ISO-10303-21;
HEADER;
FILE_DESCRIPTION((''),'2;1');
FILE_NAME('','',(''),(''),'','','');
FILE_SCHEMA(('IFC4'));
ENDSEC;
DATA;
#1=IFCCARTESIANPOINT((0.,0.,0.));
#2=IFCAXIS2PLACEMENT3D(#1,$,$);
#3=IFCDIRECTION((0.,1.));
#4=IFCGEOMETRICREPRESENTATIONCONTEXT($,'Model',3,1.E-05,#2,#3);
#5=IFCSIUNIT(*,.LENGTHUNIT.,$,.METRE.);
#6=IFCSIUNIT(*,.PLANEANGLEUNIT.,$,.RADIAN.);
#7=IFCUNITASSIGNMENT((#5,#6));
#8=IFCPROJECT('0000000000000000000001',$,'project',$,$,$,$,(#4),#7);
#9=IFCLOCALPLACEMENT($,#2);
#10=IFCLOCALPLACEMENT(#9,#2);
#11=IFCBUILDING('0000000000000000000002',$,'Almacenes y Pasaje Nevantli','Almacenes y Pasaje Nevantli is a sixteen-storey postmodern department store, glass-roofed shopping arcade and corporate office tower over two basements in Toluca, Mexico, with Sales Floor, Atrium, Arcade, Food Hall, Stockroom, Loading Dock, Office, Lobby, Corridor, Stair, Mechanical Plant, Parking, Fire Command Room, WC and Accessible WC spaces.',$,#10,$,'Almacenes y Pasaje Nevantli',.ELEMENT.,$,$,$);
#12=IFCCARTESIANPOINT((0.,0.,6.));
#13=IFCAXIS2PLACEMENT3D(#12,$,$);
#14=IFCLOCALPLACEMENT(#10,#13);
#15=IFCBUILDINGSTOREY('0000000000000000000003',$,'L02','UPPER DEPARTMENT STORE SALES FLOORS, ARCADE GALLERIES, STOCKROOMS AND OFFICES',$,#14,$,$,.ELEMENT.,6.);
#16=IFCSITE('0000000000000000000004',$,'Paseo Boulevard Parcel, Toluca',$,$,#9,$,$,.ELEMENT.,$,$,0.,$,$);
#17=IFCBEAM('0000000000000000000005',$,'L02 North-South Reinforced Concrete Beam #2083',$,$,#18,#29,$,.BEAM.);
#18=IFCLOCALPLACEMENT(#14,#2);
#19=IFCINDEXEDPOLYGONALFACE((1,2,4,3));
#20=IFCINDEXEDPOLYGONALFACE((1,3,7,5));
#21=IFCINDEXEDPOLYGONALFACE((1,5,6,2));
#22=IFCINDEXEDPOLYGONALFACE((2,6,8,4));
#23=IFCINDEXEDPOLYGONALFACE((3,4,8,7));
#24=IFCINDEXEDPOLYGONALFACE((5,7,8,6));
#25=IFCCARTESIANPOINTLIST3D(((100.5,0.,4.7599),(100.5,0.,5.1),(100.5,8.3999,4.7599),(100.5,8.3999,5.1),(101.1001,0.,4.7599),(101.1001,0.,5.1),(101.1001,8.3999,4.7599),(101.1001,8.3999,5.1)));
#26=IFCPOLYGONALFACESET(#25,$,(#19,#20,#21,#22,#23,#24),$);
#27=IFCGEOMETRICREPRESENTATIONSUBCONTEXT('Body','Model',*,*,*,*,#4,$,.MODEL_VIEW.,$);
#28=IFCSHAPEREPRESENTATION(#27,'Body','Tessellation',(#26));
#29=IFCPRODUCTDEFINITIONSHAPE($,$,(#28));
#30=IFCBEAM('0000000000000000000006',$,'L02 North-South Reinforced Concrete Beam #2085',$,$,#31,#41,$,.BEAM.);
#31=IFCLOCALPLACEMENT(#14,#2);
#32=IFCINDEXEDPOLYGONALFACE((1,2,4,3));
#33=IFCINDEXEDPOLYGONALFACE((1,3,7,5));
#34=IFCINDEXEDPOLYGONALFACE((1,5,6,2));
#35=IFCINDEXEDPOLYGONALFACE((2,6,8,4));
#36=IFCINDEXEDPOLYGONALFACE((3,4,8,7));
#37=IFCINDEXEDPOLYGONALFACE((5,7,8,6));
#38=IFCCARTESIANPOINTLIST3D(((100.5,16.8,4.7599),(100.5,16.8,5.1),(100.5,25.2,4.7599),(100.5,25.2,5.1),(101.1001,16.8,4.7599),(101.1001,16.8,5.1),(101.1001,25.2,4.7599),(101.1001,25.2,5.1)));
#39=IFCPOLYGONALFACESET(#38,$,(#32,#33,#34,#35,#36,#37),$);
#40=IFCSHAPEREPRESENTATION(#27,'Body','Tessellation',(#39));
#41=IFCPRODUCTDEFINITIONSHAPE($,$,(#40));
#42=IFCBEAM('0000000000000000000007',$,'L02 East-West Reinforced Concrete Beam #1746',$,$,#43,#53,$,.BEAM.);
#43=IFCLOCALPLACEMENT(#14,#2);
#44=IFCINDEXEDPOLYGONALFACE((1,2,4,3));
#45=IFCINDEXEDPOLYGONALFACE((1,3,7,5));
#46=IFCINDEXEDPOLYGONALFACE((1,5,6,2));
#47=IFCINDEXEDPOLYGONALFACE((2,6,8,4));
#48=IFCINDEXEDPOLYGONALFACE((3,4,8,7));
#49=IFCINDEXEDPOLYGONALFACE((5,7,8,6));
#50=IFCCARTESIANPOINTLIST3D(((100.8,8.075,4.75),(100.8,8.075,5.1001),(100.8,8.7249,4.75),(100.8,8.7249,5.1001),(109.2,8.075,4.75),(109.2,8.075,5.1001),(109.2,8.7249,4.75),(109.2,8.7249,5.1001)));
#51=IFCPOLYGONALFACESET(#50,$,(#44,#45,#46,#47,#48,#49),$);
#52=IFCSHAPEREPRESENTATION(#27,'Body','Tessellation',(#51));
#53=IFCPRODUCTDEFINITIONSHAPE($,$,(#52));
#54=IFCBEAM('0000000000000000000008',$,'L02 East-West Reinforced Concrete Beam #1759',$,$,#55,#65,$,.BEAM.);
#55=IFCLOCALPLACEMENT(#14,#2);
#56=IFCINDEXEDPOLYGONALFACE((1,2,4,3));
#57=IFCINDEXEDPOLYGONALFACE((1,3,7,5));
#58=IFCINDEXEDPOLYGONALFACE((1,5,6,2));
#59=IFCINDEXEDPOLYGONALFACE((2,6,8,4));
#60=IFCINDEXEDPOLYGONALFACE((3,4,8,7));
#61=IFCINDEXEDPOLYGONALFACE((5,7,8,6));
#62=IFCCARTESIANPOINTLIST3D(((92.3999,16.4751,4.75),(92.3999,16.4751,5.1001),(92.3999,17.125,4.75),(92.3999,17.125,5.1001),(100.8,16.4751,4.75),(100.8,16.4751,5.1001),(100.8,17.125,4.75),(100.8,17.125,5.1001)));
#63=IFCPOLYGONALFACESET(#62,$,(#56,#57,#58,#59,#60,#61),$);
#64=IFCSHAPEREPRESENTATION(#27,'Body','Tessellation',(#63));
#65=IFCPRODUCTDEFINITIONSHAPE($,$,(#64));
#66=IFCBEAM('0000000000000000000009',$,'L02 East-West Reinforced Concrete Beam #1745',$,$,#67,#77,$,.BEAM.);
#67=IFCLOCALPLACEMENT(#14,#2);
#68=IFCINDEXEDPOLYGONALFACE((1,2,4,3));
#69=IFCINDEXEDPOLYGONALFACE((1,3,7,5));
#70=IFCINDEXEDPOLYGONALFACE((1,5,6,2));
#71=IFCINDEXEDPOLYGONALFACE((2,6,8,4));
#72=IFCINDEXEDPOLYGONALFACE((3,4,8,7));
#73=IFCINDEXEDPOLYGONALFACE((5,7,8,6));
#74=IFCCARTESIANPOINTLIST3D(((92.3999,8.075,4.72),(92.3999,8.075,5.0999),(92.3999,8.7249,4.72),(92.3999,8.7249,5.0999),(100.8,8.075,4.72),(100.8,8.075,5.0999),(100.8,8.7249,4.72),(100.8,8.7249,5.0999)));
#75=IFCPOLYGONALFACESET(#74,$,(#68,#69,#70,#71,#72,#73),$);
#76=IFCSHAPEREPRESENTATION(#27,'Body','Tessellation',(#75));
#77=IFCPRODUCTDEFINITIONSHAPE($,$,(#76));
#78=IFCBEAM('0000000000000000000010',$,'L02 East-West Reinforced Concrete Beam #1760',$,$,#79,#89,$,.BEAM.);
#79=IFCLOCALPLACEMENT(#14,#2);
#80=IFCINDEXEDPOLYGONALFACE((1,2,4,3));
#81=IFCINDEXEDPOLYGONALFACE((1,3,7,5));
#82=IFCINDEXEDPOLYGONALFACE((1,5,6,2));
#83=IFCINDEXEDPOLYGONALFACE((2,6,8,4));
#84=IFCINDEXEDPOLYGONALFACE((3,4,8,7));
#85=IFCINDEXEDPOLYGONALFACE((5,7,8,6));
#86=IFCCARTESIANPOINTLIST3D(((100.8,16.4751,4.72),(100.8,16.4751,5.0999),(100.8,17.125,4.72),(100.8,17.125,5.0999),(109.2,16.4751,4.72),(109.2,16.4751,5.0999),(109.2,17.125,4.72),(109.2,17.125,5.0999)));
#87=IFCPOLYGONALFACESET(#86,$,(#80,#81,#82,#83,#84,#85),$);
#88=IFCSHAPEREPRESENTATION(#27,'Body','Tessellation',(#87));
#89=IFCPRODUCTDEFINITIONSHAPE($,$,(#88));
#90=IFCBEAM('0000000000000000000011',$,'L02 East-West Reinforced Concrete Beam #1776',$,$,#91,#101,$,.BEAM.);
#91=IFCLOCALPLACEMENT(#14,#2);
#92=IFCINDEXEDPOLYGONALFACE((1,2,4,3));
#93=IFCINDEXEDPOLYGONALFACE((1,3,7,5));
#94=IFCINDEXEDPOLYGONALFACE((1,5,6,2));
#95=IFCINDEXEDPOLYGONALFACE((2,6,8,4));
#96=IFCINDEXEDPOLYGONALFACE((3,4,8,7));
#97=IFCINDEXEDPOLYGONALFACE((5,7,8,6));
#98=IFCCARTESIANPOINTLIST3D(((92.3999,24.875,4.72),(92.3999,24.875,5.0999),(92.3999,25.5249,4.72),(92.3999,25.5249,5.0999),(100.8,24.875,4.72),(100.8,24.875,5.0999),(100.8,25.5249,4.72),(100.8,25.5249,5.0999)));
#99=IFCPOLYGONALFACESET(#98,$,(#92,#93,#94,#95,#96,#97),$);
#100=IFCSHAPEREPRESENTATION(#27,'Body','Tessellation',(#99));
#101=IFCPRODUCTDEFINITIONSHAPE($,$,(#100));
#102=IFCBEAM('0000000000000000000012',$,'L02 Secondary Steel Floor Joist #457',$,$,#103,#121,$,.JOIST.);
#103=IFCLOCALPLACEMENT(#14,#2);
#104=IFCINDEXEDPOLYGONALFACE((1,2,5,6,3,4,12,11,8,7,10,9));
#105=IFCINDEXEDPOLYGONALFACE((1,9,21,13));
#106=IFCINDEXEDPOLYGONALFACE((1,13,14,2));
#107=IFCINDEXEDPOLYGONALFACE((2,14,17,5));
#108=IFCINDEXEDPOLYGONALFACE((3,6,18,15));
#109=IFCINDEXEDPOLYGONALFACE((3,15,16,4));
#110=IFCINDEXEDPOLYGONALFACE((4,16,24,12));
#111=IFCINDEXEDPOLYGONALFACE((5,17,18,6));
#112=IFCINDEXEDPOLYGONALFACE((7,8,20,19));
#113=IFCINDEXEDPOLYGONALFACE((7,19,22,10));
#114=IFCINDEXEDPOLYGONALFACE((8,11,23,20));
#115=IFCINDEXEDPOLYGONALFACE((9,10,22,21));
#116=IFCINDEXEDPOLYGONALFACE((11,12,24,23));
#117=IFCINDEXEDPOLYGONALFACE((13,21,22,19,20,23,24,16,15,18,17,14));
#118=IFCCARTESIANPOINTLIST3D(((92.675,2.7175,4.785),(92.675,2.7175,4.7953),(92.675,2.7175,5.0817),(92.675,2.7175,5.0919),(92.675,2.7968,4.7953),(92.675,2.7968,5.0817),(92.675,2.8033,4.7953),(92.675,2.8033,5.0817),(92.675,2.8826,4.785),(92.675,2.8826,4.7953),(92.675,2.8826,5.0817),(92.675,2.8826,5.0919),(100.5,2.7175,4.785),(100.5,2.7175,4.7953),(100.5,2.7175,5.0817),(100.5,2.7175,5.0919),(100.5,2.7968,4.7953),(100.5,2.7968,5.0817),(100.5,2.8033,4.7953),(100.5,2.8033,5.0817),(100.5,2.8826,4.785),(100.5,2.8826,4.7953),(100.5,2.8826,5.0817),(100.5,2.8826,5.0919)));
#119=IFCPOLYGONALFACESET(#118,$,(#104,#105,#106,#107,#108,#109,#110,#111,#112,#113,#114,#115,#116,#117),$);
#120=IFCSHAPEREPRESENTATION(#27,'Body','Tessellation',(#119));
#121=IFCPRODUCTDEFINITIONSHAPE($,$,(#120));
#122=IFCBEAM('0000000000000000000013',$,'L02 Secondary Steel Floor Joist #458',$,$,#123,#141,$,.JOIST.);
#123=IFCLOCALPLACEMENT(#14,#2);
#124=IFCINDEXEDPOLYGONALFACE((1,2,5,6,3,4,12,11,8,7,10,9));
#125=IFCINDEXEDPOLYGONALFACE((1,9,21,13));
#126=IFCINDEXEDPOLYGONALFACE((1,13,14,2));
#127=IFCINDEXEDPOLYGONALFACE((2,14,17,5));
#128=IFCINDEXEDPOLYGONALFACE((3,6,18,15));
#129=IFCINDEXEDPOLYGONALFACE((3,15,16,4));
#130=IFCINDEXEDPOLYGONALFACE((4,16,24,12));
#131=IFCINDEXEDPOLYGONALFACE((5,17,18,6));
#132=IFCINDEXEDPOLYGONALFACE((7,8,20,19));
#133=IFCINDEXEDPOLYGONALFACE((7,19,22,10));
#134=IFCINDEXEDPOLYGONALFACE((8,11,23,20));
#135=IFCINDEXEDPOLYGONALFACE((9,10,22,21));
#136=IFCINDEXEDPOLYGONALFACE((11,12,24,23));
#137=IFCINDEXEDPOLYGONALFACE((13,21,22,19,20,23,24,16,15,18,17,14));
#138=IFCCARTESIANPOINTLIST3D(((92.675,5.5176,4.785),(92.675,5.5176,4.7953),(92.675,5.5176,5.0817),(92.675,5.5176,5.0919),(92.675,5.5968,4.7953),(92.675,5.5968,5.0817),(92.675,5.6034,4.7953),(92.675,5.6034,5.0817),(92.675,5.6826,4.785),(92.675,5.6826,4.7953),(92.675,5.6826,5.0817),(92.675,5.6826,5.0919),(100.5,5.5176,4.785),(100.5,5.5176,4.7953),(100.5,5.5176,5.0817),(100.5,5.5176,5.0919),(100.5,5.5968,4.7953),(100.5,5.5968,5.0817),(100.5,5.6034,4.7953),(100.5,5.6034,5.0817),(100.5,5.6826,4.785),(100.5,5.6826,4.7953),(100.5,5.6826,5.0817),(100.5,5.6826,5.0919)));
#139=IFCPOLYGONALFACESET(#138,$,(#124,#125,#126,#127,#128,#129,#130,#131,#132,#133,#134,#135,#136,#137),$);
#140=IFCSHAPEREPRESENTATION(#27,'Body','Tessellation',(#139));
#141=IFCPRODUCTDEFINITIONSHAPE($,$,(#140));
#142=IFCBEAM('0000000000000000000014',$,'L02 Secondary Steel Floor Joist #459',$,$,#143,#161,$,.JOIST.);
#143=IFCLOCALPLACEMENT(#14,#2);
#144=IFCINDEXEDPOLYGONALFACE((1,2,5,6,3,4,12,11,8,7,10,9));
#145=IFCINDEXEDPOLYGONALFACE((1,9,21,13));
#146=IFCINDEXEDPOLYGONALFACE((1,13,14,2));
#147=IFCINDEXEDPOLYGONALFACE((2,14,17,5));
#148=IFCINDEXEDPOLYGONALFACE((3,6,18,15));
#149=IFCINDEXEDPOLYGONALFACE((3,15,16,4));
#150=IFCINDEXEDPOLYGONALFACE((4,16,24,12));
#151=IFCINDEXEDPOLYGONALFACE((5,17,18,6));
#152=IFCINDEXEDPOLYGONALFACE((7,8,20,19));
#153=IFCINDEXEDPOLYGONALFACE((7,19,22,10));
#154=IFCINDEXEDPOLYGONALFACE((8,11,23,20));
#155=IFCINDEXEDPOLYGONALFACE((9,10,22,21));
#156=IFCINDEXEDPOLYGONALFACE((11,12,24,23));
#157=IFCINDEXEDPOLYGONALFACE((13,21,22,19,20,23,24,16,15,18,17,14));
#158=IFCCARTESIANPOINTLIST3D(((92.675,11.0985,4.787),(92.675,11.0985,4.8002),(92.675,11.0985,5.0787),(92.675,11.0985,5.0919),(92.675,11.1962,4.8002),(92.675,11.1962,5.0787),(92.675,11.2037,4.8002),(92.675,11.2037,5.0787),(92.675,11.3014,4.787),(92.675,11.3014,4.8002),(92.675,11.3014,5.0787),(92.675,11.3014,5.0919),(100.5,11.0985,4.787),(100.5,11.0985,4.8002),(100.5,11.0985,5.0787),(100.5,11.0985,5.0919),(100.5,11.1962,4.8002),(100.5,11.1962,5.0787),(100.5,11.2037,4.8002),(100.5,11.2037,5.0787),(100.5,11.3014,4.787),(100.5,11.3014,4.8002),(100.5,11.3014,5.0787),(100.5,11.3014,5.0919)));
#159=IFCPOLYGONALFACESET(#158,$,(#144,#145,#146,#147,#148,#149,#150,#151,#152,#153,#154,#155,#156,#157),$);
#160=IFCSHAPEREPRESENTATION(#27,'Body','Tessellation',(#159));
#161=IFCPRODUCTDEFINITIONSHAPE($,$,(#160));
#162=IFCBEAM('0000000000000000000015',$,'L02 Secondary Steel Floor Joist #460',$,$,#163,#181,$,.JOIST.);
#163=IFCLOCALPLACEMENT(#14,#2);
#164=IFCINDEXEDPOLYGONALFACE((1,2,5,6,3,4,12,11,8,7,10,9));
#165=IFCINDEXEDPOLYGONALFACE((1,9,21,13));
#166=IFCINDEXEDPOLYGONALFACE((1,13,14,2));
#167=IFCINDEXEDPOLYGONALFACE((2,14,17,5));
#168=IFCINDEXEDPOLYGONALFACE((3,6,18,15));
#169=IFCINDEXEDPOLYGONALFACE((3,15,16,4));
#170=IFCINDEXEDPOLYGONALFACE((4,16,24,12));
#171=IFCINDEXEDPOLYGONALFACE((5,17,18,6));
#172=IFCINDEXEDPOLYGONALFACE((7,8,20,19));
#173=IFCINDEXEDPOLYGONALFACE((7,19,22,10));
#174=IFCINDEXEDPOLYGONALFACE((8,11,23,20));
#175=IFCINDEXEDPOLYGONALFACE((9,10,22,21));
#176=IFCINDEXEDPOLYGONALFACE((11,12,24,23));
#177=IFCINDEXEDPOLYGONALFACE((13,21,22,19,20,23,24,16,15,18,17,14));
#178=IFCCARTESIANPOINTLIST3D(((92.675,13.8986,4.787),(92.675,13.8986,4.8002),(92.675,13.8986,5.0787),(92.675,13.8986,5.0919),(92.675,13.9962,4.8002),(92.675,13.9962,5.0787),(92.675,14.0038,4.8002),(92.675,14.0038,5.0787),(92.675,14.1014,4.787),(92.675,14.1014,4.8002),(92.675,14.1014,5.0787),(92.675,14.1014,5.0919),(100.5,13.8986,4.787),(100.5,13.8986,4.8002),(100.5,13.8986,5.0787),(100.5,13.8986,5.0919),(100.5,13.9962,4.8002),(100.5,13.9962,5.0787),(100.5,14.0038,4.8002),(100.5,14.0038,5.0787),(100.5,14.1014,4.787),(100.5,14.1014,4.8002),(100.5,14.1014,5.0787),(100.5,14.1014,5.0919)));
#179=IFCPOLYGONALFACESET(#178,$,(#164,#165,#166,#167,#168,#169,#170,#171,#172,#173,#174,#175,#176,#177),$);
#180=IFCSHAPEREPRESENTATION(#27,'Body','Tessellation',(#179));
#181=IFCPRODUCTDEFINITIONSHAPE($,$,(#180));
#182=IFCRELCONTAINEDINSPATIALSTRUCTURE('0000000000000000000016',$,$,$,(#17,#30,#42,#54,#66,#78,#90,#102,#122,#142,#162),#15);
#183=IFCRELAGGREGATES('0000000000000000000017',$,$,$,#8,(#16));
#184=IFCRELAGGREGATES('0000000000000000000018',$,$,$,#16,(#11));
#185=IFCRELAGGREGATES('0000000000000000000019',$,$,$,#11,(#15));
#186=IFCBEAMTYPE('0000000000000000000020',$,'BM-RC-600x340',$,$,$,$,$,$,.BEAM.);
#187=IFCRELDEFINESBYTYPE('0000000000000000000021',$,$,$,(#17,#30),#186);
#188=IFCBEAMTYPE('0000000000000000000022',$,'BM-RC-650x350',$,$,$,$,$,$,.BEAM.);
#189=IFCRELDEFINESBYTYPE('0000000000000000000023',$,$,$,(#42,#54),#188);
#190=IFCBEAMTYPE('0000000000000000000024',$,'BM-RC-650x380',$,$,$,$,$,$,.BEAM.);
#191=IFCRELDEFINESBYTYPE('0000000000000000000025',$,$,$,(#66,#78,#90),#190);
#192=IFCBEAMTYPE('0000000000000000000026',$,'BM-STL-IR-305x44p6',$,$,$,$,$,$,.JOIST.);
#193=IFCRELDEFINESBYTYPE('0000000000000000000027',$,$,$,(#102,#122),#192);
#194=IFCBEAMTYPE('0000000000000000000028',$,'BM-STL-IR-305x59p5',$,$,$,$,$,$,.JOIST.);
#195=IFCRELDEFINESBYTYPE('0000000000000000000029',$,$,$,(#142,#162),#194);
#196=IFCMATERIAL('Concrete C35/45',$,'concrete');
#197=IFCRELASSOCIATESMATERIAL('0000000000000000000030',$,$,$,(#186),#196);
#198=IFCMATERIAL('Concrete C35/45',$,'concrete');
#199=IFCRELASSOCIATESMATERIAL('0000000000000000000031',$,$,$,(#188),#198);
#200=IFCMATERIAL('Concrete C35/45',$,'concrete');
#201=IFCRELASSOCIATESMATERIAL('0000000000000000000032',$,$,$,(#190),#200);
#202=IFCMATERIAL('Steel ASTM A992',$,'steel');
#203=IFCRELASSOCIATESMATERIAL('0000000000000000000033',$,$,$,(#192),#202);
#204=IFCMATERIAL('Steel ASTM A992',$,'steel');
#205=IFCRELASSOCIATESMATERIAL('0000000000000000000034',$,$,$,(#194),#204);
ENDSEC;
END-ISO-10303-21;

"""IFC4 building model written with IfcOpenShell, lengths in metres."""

from ifc_helpers import new_model, si_unit, direction, frame, origin, origin_2d, place, context, subcontext, project, spatial, rectangle, i_section, extrude, material, material_profile, profile_set, type_object, element, save


model = new_model("IFC4")

# Units and contexts
model_context = context("Model", 3, precision=1e-05, world=origin(), true_north=direction((0.0, 1.0)))
body_context = subcontext(model_context, "Body", "Model", "MODEL_VIEW")
ifc_project = project(units=[si_unit("LENGTHUNIT", "METRE"), si_unit("PLANEANGLEUNIT", "RADIAN")], contexts=[model_context])

# Site, building, storey
site_placement = place(None, origin())
site = spatial("IfcSite", under=ifc_project, at=site_placement, Name="Paseo Boulevard Parcel, Toluca", CompositionType="ELEMENT", RefElevation=0.0)
building_placement = place(site_placement, origin())
building = spatial("IfcBuilding", under=site, at=building_placement, Name="Almacenes y Pasaje Nevantli", Description="Almacenes y Pasaje Nevantli is a sixteen-storey postmodern department store, glass-roofed shopping arcade and corporate office tower over two basements in Toluca, Mexico, with Sales Floor, Atrium, Arcade, Food Hall, Stockroom, Loading Dock, Office, Lobby, Corridor, Stair, Mechanical Plant, Parking, Fire Command Room, WC and Accessible WC spaces.", LongName="Almacenes y Pasaje Nevantli", CompositionType="ELEMENT")
storey_placement = place(building_placement, frame((0.0, 0.0, 6.0)))
storey = spatial("IfcBuildingStorey", under=building, at=storey_placement, Name="L02", Description="UPPER DEPARTMENT STORE SALES FLOORS, ARCADE GALLERIES, STOCKROOMS AND OFFICES", CompositionType="ELEMENT", Elevation=6.0)

# Beams
ifc_material_1 = material(Name="Concrete C35/45", Category="concrete")
ifc_material_profile_1 = material_profile(ifc_material_1, rectangle(XDim=0.6001, YDim=0.3401, at=origin_2d()), Name="RC-BM-600x340")
ifc_profile_set_1 = profile_set([ifc_material_profile_1], Name="Concrete C35/45")
beam_type_1 = type_object("IfcBeamType", Name="BM-RC-600x340", PredefinedType="BEAM", material=ifc_profile_set_1)
for number, where, z_axis, x_axis, name in (
    (1, (100.8, 0.0, 4.9299), (0.0, 1.0, 0.0), (-1.0, 0.0, 0.0), "L02 North-South Reinforced Concrete Beam #2083"),
    (2, (100.8, 16.8, 4.9299), (0.0, 1.0, 0.0), (-1.0, 0.0, 0.0), "L02 North-South Reinforced Concrete Beam #2085"),
):
    element("IfcBeam", number, at=place(storey_placement, frame(where, z_axis=z_axis, x_axis=x_axis)), inside=storey, type_object=beam_type_1, Name=name, PredefinedType="BEAM", context=body_context, shape_type="SweptSolid", body=[
        extrude(rectangle(XDim=0.6001, YDim=0.3401, at=origin_2d()), origin(), (0.0, 0.0, 1.0), 8.3999),
    ])
ifc_material_2 = material(Name="Concrete C35/45", Category="concrete")
ifc_material_profile_2 = material_profile(ifc_material_2, rectangle(XDim=0.6499, YDim=0.3501, at=origin_2d()), Name="RC-BM-650x350")
ifc_profile_set_2 = profile_set([ifc_material_profile_2], Name="Concrete C35/45")
beam_type_2 = type_object("IfcBeamType", Name="BM-RC-650x350", PredefinedType="BEAM", material=ifc_profile_set_2)
beam_1_placement = place(storey_placement, frame((100.8, 8.3999, 4.925), z_axis=(1.0, 0.0, 0.0), x_axis=(0.0, 1.0, 0.0)))
element("IfcBeam", 3, at=beam_1_placement, inside=storey, type_object=beam_type_2, Name="L02 East-West Reinforced Concrete Beam #1746", PredefinedType="BEAM", context=body_context, shape_type="SweptSolid", body=[
    extrude(rectangle(XDim=0.6499, YDim=0.3501, at=origin_2d()), origin(), (0.0, 0.0, 1.0), 8.3999),
])
beam_2_placement = place(storey_placement, frame((92.3999, 16.8, 4.925), z_axis=(1.0, 0.0, 0.0), x_axis=(0.0, 1.0, 0.0)))
element("IfcBeam", 4, at=beam_2_placement, inside=storey, type_object=beam_type_2, Name="L02 East-West Reinforced Concrete Beam #1759", PredefinedType="BEAM", context=body_context, shape_type="SweptSolid", body=[
    extrude(rectangle(XDim=0.6499, YDim=0.3501, at=origin_2d()), origin(), (0.0, 0.0, 1.0), 8.4001),
])
ifc_material_3 = material(Name="Concrete C35/45", Category="concrete")
ifc_material_profile_3 = material_profile(ifc_material_3, rectangle(XDim=0.6499, YDim=0.3799, at=origin_2d()), Name="RC-BM-650x380")
ifc_profile_set_3 = profile_set([ifc_material_profile_3], Name="Concrete C35/45")
beam_type_3 = type_object("IfcBeamType", Name="BM-RC-650x380", PredefinedType="BEAM", material=ifc_profile_set_3)
beam_3_placement = place(storey_placement, frame((92.3999, 8.3999, 4.9099), z_axis=(1.0, 0.0, 0.0), x_axis=(0.0, 1.0, 0.0)))
element("IfcBeam", 5, at=beam_3_placement, inside=storey, type_object=beam_type_3, Name="L02 East-West Reinforced Concrete Beam #1745", PredefinedType="BEAM", context=body_context, shape_type="SweptSolid", body=[
    extrude(rectangle(XDim=0.6499, YDim=0.3799, at=origin_2d()), origin(), (0.0, 0.0, 1.0), 8.4001),
])
beam_4_placement = place(storey_placement, frame((100.8, 16.8, 4.9099), z_axis=(1.0, 0.0, 0.0), x_axis=(0.0, 1.0, 0.0)))
element("IfcBeam", 6, at=beam_4_placement, inside=storey, type_object=beam_type_3, Name="L02 East-West Reinforced Concrete Beam #1760", PredefinedType="BEAM", context=body_context, shape_type="SweptSolid", body=[
    extrude(rectangle(XDim=0.6499, YDim=0.3799, at=origin_2d()), origin(), (0.0, 0.0, 1.0), 8.3999),
])
beam_5_placement = place(storey_placement, frame((92.3999, 25.2, 4.9099), z_axis=(1.0, 0.0, 0.0), x_axis=(0.0, 1.0, 0.0)))
element("IfcBeam", 7, at=beam_5_placement, inside=storey, type_object=beam_type_3, Name="L02 East-West Reinforced Concrete Beam #1776", PredefinedType="BEAM", context=body_context, shape_type="SweptSolid", body=[
    extrude(rectangle(XDim=0.6499, YDim=0.3799, at=origin_2d()), origin(), (0.0, 0.0, 1.0), 8.4001),
])
ifc_material_4 = material(Name="Steel ASTM A992", Category="steel")
ifc_material_profile_4 = material_profile(ifc_material_4, i_section(OverallWidth=0.165, OverallDepth=0.3069, WebThickness=0.0066, FlangeThickness=0.0103, at=origin_2d()), Name="IR 305x44.6")
ifc_profile_set_4 = profile_set([ifc_material_profile_4], Name="Steel ASTM A992")
beam_type_4 = type_object("IfcBeamType", Name="BM-STL-IR-305x44p6", PredefinedType="JOIST", material=ifc_profile_set_4)
for number, where, z_axis, x_axis, name in (
    (8, (92.675, 2.8, 4.9385), (1.0, 0.0, 0.0), (0.0, 1.0, 0.0), "L02 Secondary Steel Floor Joist #457"),
    (9, (92.675, 5.6001, 4.9385), (1.0, 0.0, 0.0), (0.0, 1.0, 0.0), "L02 Secondary Steel Floor Joist #458"),
):
    element("IfcBeam", number, at=place(storey_placement, frame(where, z_axis=z_axis, x_axis=x_axis)), inside=storey, type_object=beam_type_4, Name=name, PredefinedType="JOIST", context=body_context, shape_type="SweptSolid", body=[
        extrude(i_section(OverallWidth=0.165, OverallDepth=0.3069, WebThickness=0.0066, FlangeThickness=0.0103, at=origin_2d()), origin(), (0.0, 0.0, 1.0), 7.825),
    ])
ifc_material_5 = material(Name="Steel ASTM A992", Category="steel")
ifc_material_profile_5 = material_profile(ifc_material_5, i_section(OverallWidth=0.2029, OverallDepth=0.3049, WebThickness=0.0076, FlangeThickness=0.0132, at=origin_2d()), Name="IR 305x59.5")
ifc_profile_set_5 = profile_set([ifc_material_profile_5], Name="Steel ASTM A992")
beam_type_5 = type_object("IfcBeamType", Name="BM-STL-IR-305x59p5", PredefinedType="JOIST", material=ifc_profile_set_5)
for number, where, z_axis, x_axis, name in (
    (10, (92.675, 11.2, 4.9395), (1.0, 0.0, 0.0), (0.0, 1.0, 0.0), "L02 Secondary Steel Floor Joist #459"),
    (11, (92.675, 14.0, 4.9395), (1.0, 0.0, 0.0), (0.0, 1.0, 0.0), "L02 Secondary Steel Floor Joist #460"),
):
    element("IfcBeam", number, at=place(storey_placement, frame(where, z_axis=z_axis, x_axis=x_axis)), inside=storey, type_object=beam_type_5, Name=name, PredefinedType="JOIST", context=body_context, shape_type="SweptSolid", body=[
        extrude(i_section(OverallWidth=0.2029, OverallDepth=0.3049, WebThickness=0.0076, FlangeThickness=0.0132, at=origin_2d()), origin(), (0.0, 0.0, 1.0), 7.825),
    ])

save(model, "model.ifc")
